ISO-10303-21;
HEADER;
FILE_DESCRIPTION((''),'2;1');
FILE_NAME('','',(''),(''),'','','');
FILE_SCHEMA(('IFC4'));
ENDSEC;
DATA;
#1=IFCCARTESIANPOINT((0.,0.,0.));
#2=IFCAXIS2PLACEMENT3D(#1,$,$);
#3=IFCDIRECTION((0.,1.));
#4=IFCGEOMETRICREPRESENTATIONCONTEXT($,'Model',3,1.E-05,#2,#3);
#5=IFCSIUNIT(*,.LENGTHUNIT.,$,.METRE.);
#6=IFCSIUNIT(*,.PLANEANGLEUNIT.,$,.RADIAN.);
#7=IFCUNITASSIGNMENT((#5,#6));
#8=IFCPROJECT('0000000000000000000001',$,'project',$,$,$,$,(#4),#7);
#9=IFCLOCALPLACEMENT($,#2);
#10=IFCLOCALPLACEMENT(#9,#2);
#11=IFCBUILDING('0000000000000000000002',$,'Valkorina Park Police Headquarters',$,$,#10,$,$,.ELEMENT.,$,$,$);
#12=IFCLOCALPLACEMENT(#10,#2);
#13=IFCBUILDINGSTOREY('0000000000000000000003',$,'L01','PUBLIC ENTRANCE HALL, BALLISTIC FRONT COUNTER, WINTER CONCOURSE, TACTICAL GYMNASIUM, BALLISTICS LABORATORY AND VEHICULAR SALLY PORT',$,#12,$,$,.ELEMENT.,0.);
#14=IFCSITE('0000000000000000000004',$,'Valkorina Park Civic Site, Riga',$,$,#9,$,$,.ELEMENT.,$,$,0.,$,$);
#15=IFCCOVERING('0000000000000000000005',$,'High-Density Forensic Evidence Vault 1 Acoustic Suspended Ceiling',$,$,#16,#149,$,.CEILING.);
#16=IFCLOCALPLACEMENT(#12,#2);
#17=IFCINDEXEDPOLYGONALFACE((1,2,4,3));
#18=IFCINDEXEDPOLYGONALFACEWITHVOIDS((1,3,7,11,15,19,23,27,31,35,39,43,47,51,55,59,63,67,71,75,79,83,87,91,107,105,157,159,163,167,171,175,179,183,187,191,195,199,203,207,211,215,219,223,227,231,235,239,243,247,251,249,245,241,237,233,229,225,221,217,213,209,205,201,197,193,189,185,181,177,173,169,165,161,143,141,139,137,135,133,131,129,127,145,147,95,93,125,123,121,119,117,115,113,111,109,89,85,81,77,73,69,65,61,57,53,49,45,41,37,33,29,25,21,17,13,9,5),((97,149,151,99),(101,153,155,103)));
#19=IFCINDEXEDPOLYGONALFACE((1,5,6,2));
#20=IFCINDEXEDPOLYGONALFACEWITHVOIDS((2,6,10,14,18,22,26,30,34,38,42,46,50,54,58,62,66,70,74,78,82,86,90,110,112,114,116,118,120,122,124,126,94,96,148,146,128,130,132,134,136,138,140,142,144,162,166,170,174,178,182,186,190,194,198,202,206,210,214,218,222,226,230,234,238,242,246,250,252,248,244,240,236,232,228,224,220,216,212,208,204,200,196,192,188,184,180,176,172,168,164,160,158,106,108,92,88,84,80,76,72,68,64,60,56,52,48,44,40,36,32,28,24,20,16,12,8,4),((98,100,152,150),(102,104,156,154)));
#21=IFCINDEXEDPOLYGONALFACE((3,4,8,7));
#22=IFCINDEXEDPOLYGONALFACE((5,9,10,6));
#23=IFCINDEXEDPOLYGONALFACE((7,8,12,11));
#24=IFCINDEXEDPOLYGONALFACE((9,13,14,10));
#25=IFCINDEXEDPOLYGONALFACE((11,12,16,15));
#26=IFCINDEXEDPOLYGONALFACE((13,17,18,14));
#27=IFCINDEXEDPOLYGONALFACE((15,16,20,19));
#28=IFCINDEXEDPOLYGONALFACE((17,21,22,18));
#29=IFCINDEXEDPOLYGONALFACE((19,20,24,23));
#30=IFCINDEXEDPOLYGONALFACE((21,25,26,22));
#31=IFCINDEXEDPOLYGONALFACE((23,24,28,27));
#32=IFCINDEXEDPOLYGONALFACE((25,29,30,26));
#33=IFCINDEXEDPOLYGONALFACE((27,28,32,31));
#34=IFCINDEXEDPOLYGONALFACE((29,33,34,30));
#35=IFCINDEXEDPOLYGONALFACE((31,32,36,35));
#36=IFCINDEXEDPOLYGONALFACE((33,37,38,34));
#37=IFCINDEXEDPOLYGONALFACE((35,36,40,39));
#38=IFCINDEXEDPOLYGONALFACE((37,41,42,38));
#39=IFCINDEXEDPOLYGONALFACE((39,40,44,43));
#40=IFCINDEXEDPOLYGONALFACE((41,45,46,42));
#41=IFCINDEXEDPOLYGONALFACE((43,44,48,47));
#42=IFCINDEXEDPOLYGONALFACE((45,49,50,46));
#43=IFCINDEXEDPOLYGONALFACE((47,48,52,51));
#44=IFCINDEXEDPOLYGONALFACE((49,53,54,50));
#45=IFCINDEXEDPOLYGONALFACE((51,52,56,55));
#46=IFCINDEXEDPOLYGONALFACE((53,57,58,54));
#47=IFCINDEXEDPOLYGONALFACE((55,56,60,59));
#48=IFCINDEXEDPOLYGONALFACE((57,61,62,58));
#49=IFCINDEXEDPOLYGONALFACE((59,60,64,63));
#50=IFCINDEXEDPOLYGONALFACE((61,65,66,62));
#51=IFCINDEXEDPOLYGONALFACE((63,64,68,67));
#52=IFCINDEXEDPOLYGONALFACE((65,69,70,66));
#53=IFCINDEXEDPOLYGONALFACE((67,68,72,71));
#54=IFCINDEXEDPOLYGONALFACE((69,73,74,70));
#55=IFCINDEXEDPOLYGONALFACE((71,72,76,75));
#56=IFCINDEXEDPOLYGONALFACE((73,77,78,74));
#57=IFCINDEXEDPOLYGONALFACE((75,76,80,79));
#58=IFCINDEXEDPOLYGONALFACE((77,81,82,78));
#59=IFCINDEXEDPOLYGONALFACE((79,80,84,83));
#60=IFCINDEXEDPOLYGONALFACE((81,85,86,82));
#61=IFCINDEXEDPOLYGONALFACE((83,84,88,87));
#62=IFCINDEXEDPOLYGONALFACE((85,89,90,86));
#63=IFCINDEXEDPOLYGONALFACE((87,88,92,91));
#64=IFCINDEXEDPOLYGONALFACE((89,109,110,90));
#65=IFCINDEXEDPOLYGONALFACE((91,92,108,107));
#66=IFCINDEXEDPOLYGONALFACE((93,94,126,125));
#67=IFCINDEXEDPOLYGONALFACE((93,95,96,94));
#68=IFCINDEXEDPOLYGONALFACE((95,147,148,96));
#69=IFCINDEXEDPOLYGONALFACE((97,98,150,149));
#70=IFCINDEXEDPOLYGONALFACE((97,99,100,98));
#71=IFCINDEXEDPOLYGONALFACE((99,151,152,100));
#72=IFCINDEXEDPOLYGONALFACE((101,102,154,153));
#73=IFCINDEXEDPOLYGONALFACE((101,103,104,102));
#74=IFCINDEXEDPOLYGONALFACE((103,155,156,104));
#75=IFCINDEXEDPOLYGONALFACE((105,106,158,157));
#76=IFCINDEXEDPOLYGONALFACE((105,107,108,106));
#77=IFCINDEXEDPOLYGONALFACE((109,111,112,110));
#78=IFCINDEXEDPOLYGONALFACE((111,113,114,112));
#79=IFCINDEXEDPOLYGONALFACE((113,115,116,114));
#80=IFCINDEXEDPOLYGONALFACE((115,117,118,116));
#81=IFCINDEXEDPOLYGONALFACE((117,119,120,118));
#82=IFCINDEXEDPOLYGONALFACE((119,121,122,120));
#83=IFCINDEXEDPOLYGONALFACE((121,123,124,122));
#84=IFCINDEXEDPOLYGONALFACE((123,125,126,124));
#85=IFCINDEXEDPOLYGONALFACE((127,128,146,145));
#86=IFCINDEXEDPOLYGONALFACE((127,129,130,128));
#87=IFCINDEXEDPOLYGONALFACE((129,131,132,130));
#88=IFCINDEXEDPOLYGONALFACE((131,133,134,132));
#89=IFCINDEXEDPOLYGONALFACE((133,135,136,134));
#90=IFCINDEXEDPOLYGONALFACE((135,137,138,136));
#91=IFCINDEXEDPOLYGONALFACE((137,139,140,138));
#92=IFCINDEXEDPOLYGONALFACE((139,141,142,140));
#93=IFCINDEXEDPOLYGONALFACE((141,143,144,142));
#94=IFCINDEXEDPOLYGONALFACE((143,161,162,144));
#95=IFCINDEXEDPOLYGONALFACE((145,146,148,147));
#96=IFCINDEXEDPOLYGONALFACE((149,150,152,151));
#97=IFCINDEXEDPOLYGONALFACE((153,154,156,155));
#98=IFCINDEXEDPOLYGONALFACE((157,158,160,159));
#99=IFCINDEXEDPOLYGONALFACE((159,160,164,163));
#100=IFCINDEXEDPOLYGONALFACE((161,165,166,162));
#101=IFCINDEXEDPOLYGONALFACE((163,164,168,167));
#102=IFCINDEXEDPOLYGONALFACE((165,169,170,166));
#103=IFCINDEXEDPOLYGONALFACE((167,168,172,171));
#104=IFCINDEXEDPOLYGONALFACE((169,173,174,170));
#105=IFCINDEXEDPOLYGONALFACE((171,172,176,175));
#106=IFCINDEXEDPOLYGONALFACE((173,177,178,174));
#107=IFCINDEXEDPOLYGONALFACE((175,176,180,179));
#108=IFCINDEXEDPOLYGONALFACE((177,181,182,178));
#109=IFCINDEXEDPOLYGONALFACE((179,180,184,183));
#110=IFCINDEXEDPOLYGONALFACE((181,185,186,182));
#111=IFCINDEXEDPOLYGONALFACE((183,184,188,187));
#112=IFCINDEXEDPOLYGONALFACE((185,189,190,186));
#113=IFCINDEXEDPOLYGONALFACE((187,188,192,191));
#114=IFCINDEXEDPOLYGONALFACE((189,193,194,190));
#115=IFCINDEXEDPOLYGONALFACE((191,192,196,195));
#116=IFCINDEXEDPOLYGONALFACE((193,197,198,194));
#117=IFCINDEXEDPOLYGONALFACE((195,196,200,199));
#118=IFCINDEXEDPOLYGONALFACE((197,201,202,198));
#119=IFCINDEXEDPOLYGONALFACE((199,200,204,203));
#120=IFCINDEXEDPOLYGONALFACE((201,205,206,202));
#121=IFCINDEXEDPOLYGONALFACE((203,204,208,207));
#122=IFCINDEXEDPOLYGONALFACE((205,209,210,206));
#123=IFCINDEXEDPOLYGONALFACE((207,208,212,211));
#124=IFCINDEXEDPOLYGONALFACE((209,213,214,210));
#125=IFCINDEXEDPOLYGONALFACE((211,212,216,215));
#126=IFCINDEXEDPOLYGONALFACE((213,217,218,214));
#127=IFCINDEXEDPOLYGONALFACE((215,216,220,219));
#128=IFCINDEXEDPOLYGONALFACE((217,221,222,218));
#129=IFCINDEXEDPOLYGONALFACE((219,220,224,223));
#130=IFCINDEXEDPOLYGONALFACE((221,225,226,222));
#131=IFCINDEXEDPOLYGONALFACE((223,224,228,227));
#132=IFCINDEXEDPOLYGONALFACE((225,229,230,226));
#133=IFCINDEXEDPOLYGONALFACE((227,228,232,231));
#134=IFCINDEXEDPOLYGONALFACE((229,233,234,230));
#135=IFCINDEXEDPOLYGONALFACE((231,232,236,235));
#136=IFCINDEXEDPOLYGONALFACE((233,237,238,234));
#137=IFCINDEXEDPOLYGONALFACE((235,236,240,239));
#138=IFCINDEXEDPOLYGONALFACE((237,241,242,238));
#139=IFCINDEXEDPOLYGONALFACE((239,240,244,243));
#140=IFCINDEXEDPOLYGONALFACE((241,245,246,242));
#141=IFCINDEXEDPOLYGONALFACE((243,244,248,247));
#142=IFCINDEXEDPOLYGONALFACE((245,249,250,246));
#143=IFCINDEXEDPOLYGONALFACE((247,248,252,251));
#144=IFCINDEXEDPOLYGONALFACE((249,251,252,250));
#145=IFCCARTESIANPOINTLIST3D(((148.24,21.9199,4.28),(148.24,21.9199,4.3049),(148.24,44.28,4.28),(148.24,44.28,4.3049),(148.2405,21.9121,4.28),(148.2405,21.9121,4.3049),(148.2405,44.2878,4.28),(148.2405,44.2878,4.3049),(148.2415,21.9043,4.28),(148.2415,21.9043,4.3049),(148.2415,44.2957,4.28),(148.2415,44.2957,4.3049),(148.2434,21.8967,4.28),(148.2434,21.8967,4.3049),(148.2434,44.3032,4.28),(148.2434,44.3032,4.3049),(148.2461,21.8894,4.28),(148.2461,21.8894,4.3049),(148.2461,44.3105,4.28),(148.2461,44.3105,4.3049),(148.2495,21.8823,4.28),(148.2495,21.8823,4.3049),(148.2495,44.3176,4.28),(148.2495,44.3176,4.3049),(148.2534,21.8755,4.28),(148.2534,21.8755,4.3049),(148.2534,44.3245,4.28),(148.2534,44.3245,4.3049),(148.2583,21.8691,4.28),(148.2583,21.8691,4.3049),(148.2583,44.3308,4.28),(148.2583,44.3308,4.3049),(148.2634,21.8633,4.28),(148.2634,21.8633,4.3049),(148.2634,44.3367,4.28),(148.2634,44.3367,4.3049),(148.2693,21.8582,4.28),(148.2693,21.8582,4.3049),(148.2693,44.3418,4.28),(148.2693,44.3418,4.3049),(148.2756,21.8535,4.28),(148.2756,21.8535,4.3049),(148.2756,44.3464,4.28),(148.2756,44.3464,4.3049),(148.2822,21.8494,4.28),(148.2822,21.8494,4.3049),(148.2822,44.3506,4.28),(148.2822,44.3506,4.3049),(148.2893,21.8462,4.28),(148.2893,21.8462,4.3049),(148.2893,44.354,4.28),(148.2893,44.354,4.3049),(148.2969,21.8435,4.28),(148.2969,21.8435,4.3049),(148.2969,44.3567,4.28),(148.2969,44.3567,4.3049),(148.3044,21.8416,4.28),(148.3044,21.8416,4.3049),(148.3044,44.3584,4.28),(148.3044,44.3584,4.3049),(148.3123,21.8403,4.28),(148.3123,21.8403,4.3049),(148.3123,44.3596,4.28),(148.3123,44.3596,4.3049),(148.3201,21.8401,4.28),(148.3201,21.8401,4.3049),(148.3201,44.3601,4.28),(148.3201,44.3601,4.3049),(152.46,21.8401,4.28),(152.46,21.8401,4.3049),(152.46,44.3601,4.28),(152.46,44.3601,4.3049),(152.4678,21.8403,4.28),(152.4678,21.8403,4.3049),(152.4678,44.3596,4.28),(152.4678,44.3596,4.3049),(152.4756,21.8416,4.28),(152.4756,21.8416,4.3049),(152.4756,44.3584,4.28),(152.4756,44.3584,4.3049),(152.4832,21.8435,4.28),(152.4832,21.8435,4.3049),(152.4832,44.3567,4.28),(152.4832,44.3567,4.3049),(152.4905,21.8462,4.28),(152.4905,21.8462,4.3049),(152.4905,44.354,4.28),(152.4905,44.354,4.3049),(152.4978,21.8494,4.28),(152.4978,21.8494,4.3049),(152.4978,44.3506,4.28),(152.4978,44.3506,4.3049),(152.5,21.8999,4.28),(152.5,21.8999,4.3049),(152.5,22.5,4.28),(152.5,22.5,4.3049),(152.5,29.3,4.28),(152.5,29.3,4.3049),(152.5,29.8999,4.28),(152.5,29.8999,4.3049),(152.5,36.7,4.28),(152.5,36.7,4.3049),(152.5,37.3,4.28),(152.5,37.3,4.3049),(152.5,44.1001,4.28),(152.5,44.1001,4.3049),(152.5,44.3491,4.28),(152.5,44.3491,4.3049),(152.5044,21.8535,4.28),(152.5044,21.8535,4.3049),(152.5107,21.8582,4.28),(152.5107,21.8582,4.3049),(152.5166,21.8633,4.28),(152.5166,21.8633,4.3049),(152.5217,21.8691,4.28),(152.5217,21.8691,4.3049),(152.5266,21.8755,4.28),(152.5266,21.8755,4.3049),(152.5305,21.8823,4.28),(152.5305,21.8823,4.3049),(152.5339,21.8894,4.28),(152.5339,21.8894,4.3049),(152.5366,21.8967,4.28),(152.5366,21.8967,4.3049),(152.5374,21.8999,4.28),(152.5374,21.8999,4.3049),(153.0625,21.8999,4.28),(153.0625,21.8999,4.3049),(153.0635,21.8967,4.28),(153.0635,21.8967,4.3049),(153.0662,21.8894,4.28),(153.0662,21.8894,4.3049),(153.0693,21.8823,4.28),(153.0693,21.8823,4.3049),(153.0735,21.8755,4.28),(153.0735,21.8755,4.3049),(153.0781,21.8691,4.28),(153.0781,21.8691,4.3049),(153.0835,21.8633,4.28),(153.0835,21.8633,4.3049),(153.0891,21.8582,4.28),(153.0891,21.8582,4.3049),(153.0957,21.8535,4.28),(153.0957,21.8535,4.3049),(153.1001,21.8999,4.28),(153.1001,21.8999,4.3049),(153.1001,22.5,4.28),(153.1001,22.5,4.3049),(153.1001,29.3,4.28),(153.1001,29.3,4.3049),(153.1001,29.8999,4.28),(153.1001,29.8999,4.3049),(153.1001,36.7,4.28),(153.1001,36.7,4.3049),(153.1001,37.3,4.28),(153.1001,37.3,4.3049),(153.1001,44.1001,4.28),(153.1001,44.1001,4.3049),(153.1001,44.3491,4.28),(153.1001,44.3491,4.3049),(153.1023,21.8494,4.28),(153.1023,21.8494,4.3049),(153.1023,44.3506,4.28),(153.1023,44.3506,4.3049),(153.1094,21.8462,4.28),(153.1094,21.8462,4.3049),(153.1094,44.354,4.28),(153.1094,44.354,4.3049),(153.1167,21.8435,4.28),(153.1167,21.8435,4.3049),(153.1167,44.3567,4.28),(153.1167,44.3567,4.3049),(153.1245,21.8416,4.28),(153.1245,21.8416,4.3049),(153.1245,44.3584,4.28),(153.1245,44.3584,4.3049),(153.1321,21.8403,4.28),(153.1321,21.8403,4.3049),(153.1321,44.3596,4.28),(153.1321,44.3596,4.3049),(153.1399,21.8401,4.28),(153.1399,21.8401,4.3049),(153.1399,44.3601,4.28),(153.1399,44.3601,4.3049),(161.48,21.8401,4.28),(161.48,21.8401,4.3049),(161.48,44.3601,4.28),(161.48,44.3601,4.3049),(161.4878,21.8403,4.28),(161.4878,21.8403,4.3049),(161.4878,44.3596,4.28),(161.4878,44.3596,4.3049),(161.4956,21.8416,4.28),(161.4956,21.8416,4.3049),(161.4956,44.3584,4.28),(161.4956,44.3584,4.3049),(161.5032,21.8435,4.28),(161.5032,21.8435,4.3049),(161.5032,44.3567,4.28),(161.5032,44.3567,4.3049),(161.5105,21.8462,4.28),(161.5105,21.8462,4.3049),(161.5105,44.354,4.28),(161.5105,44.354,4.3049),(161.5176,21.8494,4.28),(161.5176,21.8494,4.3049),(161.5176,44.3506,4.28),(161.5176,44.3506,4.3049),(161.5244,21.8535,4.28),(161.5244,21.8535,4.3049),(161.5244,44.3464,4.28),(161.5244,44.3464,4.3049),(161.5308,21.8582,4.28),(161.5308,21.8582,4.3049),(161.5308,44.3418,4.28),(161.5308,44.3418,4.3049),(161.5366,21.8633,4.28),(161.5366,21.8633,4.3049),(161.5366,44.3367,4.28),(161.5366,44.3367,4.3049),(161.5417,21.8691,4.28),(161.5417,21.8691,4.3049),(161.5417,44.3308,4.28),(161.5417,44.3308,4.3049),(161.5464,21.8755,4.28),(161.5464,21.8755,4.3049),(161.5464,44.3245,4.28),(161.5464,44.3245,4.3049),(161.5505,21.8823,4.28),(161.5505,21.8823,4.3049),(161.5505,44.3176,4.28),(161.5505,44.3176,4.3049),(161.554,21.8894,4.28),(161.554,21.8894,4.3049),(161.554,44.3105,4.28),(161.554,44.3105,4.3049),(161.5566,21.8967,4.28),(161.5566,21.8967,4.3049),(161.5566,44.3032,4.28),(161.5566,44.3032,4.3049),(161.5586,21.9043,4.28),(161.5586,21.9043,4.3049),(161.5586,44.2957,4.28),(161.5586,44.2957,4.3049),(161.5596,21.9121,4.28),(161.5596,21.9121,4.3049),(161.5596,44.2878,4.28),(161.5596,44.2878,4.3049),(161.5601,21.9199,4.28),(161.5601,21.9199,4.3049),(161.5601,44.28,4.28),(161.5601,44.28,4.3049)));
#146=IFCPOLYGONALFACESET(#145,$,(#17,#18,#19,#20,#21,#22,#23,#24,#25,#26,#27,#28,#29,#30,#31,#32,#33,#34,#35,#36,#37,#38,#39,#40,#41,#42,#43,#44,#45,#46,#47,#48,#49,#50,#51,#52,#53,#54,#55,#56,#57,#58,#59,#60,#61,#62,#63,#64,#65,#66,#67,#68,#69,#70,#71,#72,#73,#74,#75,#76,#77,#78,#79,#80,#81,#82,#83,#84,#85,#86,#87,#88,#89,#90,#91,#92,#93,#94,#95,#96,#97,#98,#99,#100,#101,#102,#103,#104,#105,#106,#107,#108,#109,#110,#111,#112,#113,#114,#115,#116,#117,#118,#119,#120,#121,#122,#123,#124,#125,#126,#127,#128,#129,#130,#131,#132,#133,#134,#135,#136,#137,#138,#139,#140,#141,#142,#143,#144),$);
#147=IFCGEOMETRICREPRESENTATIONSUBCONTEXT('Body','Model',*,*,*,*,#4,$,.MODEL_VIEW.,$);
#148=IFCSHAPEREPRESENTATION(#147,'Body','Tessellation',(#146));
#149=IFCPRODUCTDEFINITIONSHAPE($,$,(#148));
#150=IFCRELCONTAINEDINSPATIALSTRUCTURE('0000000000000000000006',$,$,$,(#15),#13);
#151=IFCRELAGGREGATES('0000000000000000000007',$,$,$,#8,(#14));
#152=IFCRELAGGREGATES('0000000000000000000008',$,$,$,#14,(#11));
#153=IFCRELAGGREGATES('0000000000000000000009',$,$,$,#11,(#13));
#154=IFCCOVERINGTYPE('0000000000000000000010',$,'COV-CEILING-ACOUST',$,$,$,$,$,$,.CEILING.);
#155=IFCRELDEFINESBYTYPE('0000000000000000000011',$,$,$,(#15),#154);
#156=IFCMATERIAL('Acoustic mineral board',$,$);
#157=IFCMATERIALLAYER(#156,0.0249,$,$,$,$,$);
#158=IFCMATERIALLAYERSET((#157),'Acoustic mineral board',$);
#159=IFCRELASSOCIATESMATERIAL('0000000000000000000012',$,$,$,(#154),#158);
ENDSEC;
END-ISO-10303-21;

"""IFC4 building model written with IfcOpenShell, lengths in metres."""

from ifc_helpers import new_model, si_unit, direction, frame, origin, place, context, subcontext, project, spatial, polyline, outline, extrude, material, layer, layer_set, type_object, element, save


model = new_model("IFC4")

# Units and contexts
model_context = context("Model", 3, precision=1e-05, world=origin(), true_north=direction((0.0, 1.0)))
body_context = subcontext(model_context, "Body", "Model", "MODEL_VIEW")
ifc_project = project(units=[si_unit("LENGTHUNIT", "METRE"), si_unit("PLANEANGLEUNIT", "RADIAN")], contexts=[model_context])

# Site, building, storey
site_placement = place(None, origin())
site = spatial("IfcSite", under=ifc_project, at=site_placement, Name="Valkorina Park Civic Site, Riga", CompositionType="ELEMENT", RefElevation=0.0)
building_placement = place(site_placement, origin())
building = spatial("IfcBuilding", under=site, at=building_placement, Name="Valkorina Park Police Headquarters", CompositionType="ELEMENT")
storey_placement = place(building_placement, origin())
storey = spatial("IfcBuildingStorey", under=building, at=storey_placement, Name="L01", Description="PUBLIC ENTRANCE HALL, BALLISTIC FRONT COUNTER, WINTER CONCOURSE, TACTICAL GYMNASIUM, BALLISTICS LABORATORY AND VEHICULAR SALLY PORT", CompositionType="ELEMENT", Elevation=0.0)

# Covering
ifc_material_1 = material(Name="Acoustic mineral board")
ifc_layer_1 = layer(ifc_material_1, 0.0249)
ifc_layer_set_1 = layer_set([ifc_layer_1], Name="Acoustic mineral board")
covering_type_1 = type_object("IfcCoveringType", Name="COV-CEILING-ACOUST", PredefinedType="CEILING", material=ifc_layer_set_1)
covering_1_placement = place(storey_placement, frame((0.0, 0.0, 4.28)))
element("IfcCovering", 1, at=covering_1_placement, inside=storey, type_object=covering_type_1, Name="High-Density Forensic Evidence Vault 1 Acoustic Suspended Ceiling", PredefinedType="CEILING", context=body_context, shape_type="SweptSolid", body=[
    extrude(outline(polyline([(161.5586, 21.9043), (161.5596, 21.9121), (161.5601, 21.9199), (161.5601, 44.28), (161.5596, 44.2878), (161.5586, 44.2957), (161.5566, 44.3032), (161.554, 44.3105), (161.5505, 44.3176), (161.5464, 44.3245), (161.5417, 44.3308), (161.5366, 44.3367), (161.5308, 44.3418), (161.5244, 44.3464), (161.5176, 44.3506), (161.5105, 44.354), (161.5032, 44.3567), (161.4956, 44.3584), (161.4878, 44.3596), (161.48, 44.3601), (153.1399, 44.3601), (153.1321, 44.3596), (153.1245, 44.3584), (153.1167, 44.3567), (153.1094, 44.354), (153.1023, 44.3506), (153.1001, 44.3491), (153.1001, 44.1001), (152.5, 44.1001), (152.5, 44.3491), (152.4978, 44.3506), (152.4905, 44.354), (152.4832, 44.3567), (152.4756, 44.3584), (152.4678, 44.3596), (152.46, 44.3601), (148.3201, 44.3601), (148.3123, 44.3596), (148.3044, 44.3584), (148.2969, 44.3567), (148.2893, 44.354), (148.2822, 44.3506), (148.2756, 44.3464), (148.2693, 44.3418), (148.2634, 44.3367), (148.2583, 44.3308), (148.2534, 44.3245), (148.2495, 44.3176), (148.2461, 44.3105), (148.2434, 44.3032), (148.2415, 44.2957), (148.2405, 44.2878), (148.24, 44.28), (148.24, 21.9199), (148.2405, 21.9121), (148.2415, 21.9043), (148.2434, 21.8967), (148.2461, 21.8894), (148.2495, 21.8823), (148.2534, 21.8755), (148.2583, 21.8691), (148.2634, 21.8633), (148.2693, 21.8582), (148.2756, 21.8535), (148.2822, 21.8494), (148.2893, 21.8462), (148.2969, 21.8435), (148.3044, 21.8416), (148.3123, 21.8403), (148.3201, 21.8401), (152.46, 21.8401), (152.4678, 21.8403), (152.4756, 21.8416), (152.4832, 21.8435), (152.4905, 21.8462), (152.4978, 21.8494), (152.5044, 21.8535), (152.5107, 21.8582), (152.5166, 21.8633), (152.5217, 21.8691), (152.5266, 21.8755), (152.5305, 21.8823), (152.5339, 21.8894), (152.5366, 21.8967), (152.5374, 21.8999), (152.5, 21.8999), (152.5, 22.5), (153.1001, 22.5), (153.1001, 21.8999), (153.0625, 21.8999), (153.0635, 21.8967), (153.0662, 21.8894), (153.0693, 21.8823), (153.0735, 21.8755), (153.0781, 21.8691), (153.0835, 21.8633), (153.0891, 21.8582), (153.0957, 21.8535), (153.1023, 21.8494), (153.1094, 21.8462), (153.1167, 21.8435), (153.1245, 21.8416), (153.1321, 21.8403), (153.1399, 21.8401), (161.48, 21.8401), (161.4878, 21.8403), (161.4956, 21.8416), (161.5032, 21.8435), (161.5105, 21.8462), (161.5176, 21.8494), (161.5244, 21.8535), (161.5308, 21.8582), (161.5366, 21.8633), (161.5417, 21.8691), (161.5464, 21.8755), (161.5505, 21.8823), (161.554, 21.8894), (161.5566, 21.8967), (161.5586, 21.9043)]), holes=[polyline([(153.1001, 29.3), (152.5, 29.3), (152.5, 29.8999), (153.1001, 29.8999), (153.1001, 29.3)]), polyline([(153.1001, 36.7), (152.5, 36.7), (152.5, 37.3), (153.1001, 37.3), (153.1001, 36.7)])]), origin(), (0.0, 0.0, 1.0), 0.0249),
])

save(model, "model.ifc")
